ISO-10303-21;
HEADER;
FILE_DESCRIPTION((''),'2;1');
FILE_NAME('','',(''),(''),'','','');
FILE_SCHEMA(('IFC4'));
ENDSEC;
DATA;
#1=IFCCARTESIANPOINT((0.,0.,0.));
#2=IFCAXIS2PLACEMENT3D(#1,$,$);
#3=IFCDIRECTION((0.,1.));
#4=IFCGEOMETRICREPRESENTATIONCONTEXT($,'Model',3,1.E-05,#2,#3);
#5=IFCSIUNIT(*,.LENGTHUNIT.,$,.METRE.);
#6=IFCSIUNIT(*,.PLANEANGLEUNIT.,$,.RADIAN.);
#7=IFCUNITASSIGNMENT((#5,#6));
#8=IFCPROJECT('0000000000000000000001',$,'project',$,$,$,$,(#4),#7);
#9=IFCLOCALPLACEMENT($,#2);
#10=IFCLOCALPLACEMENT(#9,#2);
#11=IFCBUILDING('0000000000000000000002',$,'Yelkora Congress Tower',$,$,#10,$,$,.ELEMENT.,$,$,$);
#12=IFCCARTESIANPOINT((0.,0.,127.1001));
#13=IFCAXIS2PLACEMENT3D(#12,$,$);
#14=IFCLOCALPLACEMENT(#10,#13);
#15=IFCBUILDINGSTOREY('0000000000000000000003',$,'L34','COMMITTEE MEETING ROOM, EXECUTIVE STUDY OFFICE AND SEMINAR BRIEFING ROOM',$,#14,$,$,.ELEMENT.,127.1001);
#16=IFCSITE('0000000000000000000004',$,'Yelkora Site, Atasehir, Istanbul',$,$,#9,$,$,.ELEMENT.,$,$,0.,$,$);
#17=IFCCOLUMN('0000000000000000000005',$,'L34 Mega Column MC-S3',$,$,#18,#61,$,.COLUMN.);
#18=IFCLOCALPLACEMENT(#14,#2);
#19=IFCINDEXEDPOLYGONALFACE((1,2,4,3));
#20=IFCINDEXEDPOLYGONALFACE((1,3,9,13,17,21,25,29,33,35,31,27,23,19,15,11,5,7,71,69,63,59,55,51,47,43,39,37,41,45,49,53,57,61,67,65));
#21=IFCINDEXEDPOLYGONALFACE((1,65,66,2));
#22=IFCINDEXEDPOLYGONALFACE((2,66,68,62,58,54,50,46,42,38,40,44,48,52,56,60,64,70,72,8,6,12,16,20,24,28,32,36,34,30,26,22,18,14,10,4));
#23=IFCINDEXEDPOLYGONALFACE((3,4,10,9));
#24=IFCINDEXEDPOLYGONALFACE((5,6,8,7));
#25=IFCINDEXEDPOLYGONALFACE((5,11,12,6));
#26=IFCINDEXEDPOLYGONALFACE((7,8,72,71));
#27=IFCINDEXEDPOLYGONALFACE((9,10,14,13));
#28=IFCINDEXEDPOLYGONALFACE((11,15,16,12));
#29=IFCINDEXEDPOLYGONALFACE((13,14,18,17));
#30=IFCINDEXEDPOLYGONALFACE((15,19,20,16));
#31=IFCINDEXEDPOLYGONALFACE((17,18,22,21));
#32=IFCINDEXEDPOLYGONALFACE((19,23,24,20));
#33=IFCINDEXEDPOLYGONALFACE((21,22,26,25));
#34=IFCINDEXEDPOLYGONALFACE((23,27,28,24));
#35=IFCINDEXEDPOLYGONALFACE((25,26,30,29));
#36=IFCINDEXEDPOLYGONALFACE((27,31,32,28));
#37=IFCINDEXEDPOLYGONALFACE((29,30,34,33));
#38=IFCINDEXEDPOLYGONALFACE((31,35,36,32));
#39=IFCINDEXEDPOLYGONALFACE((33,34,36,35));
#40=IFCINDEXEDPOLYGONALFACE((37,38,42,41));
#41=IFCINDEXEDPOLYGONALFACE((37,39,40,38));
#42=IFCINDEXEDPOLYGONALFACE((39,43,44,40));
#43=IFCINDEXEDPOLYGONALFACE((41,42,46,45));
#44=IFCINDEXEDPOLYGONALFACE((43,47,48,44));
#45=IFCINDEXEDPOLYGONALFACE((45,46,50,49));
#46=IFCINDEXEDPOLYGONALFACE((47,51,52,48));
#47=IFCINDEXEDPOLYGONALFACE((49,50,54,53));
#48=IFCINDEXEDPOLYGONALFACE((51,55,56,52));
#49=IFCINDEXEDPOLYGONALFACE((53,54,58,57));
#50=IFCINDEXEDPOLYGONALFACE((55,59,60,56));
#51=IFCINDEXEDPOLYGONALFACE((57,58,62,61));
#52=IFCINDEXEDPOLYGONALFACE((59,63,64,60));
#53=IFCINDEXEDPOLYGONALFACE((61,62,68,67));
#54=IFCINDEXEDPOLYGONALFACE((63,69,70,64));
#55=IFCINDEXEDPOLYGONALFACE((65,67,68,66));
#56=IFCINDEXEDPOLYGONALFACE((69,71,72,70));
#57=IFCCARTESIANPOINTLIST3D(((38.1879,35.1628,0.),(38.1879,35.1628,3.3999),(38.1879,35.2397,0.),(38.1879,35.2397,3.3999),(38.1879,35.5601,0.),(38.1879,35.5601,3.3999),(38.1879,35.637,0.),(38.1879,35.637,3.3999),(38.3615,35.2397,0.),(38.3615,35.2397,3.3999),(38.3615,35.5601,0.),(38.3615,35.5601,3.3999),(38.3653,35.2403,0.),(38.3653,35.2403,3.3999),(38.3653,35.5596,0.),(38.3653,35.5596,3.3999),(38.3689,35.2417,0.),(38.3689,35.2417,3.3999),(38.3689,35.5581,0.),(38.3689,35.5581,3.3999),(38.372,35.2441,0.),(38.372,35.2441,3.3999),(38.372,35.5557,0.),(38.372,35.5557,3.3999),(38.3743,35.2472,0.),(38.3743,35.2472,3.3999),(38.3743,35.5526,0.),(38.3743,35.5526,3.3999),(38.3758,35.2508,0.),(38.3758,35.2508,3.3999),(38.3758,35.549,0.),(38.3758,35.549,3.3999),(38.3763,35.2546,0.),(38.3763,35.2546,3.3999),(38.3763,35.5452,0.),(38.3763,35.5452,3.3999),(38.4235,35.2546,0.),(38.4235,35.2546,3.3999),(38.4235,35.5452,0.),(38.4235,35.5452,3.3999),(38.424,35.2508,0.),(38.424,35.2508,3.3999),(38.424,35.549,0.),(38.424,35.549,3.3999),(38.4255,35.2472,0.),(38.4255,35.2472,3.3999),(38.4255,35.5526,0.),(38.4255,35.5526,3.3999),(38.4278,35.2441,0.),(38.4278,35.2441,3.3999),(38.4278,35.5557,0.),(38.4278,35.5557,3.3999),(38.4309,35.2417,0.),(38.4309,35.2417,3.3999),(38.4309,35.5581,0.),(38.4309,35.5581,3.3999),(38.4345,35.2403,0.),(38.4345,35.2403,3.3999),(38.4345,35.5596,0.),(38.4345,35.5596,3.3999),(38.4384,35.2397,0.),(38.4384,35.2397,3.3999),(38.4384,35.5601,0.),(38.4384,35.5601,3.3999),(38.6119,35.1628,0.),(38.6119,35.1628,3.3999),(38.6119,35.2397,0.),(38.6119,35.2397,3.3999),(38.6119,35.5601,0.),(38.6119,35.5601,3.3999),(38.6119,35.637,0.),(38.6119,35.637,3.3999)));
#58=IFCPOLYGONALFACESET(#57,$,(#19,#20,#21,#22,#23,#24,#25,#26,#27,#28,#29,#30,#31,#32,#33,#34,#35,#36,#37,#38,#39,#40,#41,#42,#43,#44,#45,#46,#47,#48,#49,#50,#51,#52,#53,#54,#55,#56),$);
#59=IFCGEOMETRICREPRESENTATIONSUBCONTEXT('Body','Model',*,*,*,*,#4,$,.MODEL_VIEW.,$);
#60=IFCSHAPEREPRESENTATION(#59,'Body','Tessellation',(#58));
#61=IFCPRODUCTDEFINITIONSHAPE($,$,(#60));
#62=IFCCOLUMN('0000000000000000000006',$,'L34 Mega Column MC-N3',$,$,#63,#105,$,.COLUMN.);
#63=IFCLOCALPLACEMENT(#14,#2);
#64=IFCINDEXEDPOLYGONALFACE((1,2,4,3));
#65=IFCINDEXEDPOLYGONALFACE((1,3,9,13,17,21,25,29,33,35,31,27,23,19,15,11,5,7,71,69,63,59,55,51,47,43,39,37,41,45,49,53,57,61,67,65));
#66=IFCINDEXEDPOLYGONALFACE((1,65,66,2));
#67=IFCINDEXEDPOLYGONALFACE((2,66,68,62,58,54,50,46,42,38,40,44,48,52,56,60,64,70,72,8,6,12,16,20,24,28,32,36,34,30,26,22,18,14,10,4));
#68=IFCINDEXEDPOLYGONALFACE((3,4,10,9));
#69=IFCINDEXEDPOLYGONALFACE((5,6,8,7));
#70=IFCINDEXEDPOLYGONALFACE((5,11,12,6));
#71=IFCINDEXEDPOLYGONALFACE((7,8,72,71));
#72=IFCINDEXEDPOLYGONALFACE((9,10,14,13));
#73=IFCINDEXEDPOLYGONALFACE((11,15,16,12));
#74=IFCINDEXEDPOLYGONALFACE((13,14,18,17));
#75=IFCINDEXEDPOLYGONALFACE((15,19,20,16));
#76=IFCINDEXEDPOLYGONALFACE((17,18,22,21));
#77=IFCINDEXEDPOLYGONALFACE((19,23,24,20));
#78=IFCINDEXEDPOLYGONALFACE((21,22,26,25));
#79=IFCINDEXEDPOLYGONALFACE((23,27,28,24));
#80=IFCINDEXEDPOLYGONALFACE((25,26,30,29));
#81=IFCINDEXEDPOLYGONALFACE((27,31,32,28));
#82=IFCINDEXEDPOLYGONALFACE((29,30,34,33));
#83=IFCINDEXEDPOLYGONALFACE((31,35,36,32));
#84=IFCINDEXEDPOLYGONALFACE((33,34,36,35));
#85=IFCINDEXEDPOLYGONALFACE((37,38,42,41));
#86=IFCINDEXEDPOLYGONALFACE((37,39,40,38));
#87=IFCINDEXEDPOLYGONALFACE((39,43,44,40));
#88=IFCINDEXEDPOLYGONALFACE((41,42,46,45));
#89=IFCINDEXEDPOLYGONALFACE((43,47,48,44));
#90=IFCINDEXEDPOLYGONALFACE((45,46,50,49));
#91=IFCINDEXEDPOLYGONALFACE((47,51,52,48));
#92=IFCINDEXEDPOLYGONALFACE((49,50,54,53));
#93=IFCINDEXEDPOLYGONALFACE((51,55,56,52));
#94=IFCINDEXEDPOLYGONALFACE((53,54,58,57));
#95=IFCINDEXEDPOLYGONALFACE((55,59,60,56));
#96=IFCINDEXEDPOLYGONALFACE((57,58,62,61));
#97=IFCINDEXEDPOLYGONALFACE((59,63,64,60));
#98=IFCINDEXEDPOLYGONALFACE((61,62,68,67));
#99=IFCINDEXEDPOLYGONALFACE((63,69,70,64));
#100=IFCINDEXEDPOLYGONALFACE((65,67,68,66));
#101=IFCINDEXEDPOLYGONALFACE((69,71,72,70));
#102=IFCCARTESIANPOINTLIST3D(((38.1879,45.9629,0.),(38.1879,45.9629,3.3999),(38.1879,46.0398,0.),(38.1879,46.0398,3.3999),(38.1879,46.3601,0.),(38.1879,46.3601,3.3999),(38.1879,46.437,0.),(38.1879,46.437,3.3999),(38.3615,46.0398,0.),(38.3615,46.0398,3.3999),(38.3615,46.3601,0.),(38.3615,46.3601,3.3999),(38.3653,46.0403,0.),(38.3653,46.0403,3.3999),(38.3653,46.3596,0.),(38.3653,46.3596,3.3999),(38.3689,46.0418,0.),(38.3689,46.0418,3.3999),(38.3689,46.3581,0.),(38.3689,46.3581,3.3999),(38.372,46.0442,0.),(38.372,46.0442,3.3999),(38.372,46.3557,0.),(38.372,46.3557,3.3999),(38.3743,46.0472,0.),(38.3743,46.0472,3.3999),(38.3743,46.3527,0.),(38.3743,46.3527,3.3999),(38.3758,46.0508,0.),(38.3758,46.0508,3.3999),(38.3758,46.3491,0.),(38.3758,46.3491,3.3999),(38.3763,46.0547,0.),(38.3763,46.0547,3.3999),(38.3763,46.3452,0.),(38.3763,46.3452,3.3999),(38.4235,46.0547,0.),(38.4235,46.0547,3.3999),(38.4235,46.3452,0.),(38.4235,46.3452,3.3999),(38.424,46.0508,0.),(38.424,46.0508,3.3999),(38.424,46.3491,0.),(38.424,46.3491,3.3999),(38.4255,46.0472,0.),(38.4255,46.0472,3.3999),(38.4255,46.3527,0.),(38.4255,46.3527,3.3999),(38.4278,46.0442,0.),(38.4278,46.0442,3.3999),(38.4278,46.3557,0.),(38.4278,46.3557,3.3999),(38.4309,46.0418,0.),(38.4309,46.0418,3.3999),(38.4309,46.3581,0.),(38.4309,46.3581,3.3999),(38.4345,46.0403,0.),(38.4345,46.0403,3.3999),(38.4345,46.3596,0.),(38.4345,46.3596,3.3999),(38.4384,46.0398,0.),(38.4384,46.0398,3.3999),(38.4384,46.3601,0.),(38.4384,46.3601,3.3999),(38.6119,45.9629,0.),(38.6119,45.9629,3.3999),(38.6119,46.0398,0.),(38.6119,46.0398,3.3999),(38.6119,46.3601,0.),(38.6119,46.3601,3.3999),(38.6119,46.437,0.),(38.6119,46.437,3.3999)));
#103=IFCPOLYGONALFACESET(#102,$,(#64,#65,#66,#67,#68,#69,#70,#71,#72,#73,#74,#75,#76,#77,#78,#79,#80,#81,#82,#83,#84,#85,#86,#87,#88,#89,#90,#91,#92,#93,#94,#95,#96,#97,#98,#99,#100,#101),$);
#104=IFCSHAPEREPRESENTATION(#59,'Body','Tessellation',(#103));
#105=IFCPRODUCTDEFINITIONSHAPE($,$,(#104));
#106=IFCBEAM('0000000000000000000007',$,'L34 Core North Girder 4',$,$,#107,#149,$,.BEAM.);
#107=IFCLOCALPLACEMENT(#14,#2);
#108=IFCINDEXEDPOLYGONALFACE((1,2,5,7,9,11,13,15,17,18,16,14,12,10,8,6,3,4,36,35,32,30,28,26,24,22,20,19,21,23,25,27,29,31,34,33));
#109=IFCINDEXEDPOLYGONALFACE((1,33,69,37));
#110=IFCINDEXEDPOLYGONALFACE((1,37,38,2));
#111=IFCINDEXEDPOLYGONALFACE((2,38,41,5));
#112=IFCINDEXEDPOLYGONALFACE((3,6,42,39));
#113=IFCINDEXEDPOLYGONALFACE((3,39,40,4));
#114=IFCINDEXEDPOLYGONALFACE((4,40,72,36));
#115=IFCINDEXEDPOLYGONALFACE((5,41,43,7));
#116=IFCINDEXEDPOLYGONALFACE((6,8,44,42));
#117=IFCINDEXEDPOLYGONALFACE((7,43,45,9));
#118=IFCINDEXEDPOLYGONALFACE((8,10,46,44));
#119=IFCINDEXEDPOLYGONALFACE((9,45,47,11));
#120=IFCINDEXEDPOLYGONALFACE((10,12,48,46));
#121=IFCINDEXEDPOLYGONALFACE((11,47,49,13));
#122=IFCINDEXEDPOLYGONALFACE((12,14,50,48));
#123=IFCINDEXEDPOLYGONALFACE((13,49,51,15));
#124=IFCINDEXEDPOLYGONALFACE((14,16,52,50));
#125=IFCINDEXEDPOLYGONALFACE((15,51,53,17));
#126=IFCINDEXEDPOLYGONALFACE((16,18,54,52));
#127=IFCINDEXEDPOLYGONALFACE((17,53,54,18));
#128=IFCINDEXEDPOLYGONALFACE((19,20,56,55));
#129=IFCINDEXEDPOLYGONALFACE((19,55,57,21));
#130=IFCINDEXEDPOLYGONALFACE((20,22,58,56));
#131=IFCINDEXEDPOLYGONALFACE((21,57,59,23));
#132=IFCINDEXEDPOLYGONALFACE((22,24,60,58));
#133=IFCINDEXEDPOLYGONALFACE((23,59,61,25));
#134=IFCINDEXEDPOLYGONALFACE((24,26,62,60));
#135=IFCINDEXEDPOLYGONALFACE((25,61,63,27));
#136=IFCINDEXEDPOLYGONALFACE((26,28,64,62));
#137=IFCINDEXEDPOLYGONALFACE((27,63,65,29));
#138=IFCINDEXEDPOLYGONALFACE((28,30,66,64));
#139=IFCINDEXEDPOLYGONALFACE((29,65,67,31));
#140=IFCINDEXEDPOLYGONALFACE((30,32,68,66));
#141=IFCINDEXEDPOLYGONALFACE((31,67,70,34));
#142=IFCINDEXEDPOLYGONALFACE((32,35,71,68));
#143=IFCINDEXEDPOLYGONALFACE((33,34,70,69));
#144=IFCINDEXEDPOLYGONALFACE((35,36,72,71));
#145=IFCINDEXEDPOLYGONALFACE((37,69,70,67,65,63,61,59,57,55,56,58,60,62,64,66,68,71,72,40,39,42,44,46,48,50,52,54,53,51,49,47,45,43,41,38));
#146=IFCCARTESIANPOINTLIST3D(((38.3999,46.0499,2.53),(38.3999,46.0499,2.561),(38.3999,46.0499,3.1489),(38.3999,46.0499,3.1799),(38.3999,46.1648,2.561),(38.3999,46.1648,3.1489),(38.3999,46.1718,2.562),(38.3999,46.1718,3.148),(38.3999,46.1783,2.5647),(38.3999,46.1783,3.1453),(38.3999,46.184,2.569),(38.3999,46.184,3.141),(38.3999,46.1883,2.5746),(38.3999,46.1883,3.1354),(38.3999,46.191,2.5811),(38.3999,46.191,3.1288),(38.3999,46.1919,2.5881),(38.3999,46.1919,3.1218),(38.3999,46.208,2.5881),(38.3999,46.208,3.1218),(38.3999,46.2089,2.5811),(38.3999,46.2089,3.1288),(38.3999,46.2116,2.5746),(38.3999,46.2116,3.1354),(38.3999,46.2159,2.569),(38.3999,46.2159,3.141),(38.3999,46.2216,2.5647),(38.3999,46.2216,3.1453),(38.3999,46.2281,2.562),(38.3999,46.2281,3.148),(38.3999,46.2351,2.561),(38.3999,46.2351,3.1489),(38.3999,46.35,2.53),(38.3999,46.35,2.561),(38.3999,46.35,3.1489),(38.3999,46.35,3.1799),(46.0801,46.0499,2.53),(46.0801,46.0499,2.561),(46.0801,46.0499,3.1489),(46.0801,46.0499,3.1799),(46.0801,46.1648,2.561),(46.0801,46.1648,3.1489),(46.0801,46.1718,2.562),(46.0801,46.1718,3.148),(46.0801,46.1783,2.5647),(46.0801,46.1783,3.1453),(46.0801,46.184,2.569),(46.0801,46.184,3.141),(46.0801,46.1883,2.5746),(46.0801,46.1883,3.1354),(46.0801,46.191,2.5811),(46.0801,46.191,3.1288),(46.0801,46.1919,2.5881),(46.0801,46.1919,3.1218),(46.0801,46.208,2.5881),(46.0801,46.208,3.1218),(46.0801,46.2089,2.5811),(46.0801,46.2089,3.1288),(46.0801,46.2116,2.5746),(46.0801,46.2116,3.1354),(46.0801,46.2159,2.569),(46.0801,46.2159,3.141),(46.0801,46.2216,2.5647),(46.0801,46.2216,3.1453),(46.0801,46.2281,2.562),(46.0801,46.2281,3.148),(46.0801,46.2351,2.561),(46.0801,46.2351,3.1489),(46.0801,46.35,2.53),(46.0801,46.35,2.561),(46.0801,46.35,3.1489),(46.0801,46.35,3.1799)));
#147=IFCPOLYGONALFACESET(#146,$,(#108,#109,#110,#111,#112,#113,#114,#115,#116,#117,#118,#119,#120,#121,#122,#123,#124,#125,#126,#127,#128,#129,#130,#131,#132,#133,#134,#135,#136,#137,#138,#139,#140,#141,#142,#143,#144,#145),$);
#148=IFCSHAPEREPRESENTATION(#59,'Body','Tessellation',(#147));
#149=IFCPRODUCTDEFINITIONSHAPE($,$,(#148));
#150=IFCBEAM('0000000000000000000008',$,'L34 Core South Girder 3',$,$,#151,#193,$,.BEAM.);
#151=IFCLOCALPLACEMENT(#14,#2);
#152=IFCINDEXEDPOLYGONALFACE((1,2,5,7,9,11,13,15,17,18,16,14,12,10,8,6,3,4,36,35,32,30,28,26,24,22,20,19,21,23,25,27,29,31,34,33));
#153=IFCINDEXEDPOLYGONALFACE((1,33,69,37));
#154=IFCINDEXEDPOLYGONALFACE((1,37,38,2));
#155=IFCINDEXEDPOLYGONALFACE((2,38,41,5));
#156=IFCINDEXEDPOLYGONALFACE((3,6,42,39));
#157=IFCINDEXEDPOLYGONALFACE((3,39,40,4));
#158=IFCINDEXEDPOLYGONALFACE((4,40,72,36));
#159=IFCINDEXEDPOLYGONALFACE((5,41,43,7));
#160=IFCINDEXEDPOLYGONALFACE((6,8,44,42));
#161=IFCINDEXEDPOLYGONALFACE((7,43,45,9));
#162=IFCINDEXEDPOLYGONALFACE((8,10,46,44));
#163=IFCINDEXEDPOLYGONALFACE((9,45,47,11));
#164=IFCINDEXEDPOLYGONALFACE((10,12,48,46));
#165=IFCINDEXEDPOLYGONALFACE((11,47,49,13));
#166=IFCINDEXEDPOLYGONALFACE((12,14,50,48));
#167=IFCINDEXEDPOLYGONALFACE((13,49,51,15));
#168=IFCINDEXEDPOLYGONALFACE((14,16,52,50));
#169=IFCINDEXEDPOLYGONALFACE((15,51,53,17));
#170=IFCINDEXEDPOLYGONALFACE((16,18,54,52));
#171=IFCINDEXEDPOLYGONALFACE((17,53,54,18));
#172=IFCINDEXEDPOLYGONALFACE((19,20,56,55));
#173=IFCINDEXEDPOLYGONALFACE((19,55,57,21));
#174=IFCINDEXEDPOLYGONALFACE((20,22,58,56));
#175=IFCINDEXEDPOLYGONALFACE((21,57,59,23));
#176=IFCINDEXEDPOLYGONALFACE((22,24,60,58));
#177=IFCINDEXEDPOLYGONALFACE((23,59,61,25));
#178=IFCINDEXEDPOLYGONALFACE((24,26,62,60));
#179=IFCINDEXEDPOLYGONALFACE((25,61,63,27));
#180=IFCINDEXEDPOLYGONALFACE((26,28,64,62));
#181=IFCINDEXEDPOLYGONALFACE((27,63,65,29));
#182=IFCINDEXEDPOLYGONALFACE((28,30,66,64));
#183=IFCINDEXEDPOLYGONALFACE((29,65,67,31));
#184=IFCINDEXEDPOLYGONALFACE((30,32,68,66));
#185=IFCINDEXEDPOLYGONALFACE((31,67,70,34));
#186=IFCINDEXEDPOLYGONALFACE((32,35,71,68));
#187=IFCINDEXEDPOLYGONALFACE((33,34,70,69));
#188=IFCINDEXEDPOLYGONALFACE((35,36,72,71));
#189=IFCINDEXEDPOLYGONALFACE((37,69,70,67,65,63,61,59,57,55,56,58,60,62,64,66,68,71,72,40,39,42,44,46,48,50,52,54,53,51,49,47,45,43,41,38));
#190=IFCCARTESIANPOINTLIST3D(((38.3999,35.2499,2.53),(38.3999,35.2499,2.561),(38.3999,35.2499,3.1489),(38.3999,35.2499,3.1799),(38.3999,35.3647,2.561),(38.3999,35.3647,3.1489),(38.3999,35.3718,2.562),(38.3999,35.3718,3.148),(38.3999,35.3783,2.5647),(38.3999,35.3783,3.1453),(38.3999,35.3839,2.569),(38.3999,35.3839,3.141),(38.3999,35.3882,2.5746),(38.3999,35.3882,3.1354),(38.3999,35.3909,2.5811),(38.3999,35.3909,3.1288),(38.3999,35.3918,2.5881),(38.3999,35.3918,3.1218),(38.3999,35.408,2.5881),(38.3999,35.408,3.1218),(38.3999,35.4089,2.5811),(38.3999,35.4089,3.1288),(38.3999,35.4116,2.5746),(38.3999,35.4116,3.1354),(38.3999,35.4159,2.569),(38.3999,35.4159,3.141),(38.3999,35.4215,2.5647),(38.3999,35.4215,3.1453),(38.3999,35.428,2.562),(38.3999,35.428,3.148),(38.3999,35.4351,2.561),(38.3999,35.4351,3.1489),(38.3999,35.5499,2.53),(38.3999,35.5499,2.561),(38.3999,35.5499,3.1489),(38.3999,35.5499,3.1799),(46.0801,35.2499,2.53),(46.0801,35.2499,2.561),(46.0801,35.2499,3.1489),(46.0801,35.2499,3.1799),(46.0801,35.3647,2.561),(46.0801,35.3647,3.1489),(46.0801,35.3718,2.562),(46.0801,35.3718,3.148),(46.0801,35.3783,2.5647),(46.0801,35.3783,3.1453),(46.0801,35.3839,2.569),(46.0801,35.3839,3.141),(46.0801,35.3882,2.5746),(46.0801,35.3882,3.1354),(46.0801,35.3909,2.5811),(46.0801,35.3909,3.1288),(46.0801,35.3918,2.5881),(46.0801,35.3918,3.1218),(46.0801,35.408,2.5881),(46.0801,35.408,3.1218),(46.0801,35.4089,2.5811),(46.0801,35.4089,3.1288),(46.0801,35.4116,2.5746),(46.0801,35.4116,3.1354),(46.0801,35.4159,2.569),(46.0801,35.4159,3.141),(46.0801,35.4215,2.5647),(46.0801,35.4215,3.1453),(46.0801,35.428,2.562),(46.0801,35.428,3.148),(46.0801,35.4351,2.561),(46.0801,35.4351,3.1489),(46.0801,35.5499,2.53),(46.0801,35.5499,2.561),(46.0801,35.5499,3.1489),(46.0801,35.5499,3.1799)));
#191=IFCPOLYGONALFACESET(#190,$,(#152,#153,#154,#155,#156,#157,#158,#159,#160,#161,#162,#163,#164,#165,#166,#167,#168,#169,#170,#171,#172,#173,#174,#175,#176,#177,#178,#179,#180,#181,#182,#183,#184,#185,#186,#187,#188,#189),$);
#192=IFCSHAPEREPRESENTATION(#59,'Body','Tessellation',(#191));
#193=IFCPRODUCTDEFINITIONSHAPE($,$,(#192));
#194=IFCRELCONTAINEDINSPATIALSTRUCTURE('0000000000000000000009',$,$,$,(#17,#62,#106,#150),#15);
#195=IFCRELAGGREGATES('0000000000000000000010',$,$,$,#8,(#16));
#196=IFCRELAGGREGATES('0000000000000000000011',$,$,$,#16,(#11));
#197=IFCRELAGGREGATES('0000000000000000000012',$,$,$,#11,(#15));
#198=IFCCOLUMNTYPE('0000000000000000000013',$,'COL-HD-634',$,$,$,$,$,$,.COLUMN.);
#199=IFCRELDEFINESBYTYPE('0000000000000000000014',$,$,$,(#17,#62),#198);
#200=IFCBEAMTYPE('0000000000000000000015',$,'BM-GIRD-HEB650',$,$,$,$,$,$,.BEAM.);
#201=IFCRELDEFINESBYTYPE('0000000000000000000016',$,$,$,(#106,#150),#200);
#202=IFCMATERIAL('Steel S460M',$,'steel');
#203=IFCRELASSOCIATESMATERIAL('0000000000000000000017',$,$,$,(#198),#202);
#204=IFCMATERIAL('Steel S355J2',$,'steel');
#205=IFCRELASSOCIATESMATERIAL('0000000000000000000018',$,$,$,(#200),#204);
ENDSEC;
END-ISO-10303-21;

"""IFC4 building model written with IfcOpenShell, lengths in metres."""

from ifc_helpers import new_model, si_unit, direction, frame, origin, origin_2d, place, context, subcontext, project, spatial, i_section, extrude, material, material_profile, profile_set, type_object, element, save


model = new_model("IFC4")

# Units and contexts
model_context = context("Model", 3, precision=1e-05, world=origin(), true_north=direction((0.0, 1.0)))
body_context = subcontext(model_context, "Body", "Model", "MODEL_VIEW")
ifc_project = project(units=[si_unit("LENGTHUNIT", "METRE"), si_unit("PLANEANGLEUNIT", "RADIAN")], contexts=[model_context])

# Site, building, storey
site_placement = place(None, origin())
site = spatial("IfcSite", under=ifc_project, at=site_placement, Name="Yelkora Site, Atasehir, Istanbul", CompositionType="ELEMENT", RefElevation=0.0)
building_placement = place(site_placement, origin())
building = spatial("IfcBuilding", under=site, at=building_placement, Name="Yelkora Congress Tower", CompositionType="ELEMENT")
storey_placement = place(building_placement, frame((0.0, 0.0, 127.1001)))
storey = spatial("IfcBuildingStorey", under=building, at=storey_placement, Name="L34", Description="COMMITTEE MEETING ROOM, EXECUTIVE STUDY OFFICE AND SEMINAR BRIEFING ROOM", CompositionType="ELEMENT", Elevation=127.1001)

# Columns
ifc_material_1 = material(Name="Steel S460M", Category="steel")
ifc_material_profile_1 = material_profile(ifc_material_1, i_section(OverallWidth=0.4241, OverallDepth=0.4741, WebThickness=0.0471, FlangeThickness=0.0769, FilletRadius=0.0149, at=origin_2d()), Name="HD 400x634")
ifc_profile_set_1 = profile_set([ifc_material_profile_1], Name="Steel S460M")
column_type = type_object("IfcColumnType", Name="COL-HD-634", PredefinedType="COLUMN", material=ifc_profile_set_1)
for number, where, z_axis, x_axis, name in (
    (1, (38.3999, 35.3999, 0.0), (0.0, 0.0, 1.0), (1.0, 0.0, 0.0), "L34 Mega Column MC-S3"),
    (2, (38.3999, 46.2, 0.0), (0.0, 0.0, 1.0), (1.0, 0.0, 0.0), "L34 Mega Column MC-N3"),
):
    element("IfcColumn", number, at=place(storey_placement, frame(where, z_axis=z_axis, x_axis=x_axis)), inside=storey, type_object=column_type, Name=name, PredefinedType="COLUMN", context=body_context, shape_type="SweptSolid", body=[
        extrude(i_section(OverallWidth=0.4241, OverallDepth=0.4741, WebThickness=0.0471, FlangeThickness=0.0769, FilletRadius=0.0149, at=origin_2d()), origin(), (0.0, 0.0, 1.0), 3.3999),
    ])

# Beams
ifc_material_2 = material(Name="Steel S355J2", Category="steel")
ifc_material_profile_2 = material_profile(ifc_material_2, i_section(OverallWidth=0.3, OverallDepth=0.6499, WebThickness=0.0161, FlangeThickness=0.031, FilletRadius=0.0271, at=origin_2d()), Name="HEB 650")
ifc_profile_set_2 = profile_set([ifc_material_profile_2], Name="Steel S355J2")
beam_type = type_object("IfcBeamType", Name="BM-GIRD-HEB650", PredefinedType="BEAM", material=ifc_profile_set_2)
for number, where, z_axis, x_axis, name in (
    (3, (38.3999, 46.2, 2.855), (1.0, 0.0, 0.0), (0.0, 1.0, 0.0), "L34 Core North Girder 4"),
    (4, (38.3999, 35.3999, 2.855), (1.0, 0.0, 0.0), (0.0, 1.0, 0.0), "L34 Core South Girder 3"),
):
    element("IfcBeam", number, at=place(storey_placement, frame(where, z_axis=z_axis, x_axis=x_axis)), inside=storey, type_object=beam_type, Name=name, PredefinedType="BEAM", context=body_context, shape_type="SweptSolid", body=[
        extrude(i_section(OverallWidth=0.3, OverallDepth=0.6499, WebThickness=0.0161, FlangeThickness=0.031, FilletRadius=0.0271, at=origin_2d()), origin(), (0.0, 0.0, 1.0), 7.6802),
    ])

save(model, "model.ifc")
